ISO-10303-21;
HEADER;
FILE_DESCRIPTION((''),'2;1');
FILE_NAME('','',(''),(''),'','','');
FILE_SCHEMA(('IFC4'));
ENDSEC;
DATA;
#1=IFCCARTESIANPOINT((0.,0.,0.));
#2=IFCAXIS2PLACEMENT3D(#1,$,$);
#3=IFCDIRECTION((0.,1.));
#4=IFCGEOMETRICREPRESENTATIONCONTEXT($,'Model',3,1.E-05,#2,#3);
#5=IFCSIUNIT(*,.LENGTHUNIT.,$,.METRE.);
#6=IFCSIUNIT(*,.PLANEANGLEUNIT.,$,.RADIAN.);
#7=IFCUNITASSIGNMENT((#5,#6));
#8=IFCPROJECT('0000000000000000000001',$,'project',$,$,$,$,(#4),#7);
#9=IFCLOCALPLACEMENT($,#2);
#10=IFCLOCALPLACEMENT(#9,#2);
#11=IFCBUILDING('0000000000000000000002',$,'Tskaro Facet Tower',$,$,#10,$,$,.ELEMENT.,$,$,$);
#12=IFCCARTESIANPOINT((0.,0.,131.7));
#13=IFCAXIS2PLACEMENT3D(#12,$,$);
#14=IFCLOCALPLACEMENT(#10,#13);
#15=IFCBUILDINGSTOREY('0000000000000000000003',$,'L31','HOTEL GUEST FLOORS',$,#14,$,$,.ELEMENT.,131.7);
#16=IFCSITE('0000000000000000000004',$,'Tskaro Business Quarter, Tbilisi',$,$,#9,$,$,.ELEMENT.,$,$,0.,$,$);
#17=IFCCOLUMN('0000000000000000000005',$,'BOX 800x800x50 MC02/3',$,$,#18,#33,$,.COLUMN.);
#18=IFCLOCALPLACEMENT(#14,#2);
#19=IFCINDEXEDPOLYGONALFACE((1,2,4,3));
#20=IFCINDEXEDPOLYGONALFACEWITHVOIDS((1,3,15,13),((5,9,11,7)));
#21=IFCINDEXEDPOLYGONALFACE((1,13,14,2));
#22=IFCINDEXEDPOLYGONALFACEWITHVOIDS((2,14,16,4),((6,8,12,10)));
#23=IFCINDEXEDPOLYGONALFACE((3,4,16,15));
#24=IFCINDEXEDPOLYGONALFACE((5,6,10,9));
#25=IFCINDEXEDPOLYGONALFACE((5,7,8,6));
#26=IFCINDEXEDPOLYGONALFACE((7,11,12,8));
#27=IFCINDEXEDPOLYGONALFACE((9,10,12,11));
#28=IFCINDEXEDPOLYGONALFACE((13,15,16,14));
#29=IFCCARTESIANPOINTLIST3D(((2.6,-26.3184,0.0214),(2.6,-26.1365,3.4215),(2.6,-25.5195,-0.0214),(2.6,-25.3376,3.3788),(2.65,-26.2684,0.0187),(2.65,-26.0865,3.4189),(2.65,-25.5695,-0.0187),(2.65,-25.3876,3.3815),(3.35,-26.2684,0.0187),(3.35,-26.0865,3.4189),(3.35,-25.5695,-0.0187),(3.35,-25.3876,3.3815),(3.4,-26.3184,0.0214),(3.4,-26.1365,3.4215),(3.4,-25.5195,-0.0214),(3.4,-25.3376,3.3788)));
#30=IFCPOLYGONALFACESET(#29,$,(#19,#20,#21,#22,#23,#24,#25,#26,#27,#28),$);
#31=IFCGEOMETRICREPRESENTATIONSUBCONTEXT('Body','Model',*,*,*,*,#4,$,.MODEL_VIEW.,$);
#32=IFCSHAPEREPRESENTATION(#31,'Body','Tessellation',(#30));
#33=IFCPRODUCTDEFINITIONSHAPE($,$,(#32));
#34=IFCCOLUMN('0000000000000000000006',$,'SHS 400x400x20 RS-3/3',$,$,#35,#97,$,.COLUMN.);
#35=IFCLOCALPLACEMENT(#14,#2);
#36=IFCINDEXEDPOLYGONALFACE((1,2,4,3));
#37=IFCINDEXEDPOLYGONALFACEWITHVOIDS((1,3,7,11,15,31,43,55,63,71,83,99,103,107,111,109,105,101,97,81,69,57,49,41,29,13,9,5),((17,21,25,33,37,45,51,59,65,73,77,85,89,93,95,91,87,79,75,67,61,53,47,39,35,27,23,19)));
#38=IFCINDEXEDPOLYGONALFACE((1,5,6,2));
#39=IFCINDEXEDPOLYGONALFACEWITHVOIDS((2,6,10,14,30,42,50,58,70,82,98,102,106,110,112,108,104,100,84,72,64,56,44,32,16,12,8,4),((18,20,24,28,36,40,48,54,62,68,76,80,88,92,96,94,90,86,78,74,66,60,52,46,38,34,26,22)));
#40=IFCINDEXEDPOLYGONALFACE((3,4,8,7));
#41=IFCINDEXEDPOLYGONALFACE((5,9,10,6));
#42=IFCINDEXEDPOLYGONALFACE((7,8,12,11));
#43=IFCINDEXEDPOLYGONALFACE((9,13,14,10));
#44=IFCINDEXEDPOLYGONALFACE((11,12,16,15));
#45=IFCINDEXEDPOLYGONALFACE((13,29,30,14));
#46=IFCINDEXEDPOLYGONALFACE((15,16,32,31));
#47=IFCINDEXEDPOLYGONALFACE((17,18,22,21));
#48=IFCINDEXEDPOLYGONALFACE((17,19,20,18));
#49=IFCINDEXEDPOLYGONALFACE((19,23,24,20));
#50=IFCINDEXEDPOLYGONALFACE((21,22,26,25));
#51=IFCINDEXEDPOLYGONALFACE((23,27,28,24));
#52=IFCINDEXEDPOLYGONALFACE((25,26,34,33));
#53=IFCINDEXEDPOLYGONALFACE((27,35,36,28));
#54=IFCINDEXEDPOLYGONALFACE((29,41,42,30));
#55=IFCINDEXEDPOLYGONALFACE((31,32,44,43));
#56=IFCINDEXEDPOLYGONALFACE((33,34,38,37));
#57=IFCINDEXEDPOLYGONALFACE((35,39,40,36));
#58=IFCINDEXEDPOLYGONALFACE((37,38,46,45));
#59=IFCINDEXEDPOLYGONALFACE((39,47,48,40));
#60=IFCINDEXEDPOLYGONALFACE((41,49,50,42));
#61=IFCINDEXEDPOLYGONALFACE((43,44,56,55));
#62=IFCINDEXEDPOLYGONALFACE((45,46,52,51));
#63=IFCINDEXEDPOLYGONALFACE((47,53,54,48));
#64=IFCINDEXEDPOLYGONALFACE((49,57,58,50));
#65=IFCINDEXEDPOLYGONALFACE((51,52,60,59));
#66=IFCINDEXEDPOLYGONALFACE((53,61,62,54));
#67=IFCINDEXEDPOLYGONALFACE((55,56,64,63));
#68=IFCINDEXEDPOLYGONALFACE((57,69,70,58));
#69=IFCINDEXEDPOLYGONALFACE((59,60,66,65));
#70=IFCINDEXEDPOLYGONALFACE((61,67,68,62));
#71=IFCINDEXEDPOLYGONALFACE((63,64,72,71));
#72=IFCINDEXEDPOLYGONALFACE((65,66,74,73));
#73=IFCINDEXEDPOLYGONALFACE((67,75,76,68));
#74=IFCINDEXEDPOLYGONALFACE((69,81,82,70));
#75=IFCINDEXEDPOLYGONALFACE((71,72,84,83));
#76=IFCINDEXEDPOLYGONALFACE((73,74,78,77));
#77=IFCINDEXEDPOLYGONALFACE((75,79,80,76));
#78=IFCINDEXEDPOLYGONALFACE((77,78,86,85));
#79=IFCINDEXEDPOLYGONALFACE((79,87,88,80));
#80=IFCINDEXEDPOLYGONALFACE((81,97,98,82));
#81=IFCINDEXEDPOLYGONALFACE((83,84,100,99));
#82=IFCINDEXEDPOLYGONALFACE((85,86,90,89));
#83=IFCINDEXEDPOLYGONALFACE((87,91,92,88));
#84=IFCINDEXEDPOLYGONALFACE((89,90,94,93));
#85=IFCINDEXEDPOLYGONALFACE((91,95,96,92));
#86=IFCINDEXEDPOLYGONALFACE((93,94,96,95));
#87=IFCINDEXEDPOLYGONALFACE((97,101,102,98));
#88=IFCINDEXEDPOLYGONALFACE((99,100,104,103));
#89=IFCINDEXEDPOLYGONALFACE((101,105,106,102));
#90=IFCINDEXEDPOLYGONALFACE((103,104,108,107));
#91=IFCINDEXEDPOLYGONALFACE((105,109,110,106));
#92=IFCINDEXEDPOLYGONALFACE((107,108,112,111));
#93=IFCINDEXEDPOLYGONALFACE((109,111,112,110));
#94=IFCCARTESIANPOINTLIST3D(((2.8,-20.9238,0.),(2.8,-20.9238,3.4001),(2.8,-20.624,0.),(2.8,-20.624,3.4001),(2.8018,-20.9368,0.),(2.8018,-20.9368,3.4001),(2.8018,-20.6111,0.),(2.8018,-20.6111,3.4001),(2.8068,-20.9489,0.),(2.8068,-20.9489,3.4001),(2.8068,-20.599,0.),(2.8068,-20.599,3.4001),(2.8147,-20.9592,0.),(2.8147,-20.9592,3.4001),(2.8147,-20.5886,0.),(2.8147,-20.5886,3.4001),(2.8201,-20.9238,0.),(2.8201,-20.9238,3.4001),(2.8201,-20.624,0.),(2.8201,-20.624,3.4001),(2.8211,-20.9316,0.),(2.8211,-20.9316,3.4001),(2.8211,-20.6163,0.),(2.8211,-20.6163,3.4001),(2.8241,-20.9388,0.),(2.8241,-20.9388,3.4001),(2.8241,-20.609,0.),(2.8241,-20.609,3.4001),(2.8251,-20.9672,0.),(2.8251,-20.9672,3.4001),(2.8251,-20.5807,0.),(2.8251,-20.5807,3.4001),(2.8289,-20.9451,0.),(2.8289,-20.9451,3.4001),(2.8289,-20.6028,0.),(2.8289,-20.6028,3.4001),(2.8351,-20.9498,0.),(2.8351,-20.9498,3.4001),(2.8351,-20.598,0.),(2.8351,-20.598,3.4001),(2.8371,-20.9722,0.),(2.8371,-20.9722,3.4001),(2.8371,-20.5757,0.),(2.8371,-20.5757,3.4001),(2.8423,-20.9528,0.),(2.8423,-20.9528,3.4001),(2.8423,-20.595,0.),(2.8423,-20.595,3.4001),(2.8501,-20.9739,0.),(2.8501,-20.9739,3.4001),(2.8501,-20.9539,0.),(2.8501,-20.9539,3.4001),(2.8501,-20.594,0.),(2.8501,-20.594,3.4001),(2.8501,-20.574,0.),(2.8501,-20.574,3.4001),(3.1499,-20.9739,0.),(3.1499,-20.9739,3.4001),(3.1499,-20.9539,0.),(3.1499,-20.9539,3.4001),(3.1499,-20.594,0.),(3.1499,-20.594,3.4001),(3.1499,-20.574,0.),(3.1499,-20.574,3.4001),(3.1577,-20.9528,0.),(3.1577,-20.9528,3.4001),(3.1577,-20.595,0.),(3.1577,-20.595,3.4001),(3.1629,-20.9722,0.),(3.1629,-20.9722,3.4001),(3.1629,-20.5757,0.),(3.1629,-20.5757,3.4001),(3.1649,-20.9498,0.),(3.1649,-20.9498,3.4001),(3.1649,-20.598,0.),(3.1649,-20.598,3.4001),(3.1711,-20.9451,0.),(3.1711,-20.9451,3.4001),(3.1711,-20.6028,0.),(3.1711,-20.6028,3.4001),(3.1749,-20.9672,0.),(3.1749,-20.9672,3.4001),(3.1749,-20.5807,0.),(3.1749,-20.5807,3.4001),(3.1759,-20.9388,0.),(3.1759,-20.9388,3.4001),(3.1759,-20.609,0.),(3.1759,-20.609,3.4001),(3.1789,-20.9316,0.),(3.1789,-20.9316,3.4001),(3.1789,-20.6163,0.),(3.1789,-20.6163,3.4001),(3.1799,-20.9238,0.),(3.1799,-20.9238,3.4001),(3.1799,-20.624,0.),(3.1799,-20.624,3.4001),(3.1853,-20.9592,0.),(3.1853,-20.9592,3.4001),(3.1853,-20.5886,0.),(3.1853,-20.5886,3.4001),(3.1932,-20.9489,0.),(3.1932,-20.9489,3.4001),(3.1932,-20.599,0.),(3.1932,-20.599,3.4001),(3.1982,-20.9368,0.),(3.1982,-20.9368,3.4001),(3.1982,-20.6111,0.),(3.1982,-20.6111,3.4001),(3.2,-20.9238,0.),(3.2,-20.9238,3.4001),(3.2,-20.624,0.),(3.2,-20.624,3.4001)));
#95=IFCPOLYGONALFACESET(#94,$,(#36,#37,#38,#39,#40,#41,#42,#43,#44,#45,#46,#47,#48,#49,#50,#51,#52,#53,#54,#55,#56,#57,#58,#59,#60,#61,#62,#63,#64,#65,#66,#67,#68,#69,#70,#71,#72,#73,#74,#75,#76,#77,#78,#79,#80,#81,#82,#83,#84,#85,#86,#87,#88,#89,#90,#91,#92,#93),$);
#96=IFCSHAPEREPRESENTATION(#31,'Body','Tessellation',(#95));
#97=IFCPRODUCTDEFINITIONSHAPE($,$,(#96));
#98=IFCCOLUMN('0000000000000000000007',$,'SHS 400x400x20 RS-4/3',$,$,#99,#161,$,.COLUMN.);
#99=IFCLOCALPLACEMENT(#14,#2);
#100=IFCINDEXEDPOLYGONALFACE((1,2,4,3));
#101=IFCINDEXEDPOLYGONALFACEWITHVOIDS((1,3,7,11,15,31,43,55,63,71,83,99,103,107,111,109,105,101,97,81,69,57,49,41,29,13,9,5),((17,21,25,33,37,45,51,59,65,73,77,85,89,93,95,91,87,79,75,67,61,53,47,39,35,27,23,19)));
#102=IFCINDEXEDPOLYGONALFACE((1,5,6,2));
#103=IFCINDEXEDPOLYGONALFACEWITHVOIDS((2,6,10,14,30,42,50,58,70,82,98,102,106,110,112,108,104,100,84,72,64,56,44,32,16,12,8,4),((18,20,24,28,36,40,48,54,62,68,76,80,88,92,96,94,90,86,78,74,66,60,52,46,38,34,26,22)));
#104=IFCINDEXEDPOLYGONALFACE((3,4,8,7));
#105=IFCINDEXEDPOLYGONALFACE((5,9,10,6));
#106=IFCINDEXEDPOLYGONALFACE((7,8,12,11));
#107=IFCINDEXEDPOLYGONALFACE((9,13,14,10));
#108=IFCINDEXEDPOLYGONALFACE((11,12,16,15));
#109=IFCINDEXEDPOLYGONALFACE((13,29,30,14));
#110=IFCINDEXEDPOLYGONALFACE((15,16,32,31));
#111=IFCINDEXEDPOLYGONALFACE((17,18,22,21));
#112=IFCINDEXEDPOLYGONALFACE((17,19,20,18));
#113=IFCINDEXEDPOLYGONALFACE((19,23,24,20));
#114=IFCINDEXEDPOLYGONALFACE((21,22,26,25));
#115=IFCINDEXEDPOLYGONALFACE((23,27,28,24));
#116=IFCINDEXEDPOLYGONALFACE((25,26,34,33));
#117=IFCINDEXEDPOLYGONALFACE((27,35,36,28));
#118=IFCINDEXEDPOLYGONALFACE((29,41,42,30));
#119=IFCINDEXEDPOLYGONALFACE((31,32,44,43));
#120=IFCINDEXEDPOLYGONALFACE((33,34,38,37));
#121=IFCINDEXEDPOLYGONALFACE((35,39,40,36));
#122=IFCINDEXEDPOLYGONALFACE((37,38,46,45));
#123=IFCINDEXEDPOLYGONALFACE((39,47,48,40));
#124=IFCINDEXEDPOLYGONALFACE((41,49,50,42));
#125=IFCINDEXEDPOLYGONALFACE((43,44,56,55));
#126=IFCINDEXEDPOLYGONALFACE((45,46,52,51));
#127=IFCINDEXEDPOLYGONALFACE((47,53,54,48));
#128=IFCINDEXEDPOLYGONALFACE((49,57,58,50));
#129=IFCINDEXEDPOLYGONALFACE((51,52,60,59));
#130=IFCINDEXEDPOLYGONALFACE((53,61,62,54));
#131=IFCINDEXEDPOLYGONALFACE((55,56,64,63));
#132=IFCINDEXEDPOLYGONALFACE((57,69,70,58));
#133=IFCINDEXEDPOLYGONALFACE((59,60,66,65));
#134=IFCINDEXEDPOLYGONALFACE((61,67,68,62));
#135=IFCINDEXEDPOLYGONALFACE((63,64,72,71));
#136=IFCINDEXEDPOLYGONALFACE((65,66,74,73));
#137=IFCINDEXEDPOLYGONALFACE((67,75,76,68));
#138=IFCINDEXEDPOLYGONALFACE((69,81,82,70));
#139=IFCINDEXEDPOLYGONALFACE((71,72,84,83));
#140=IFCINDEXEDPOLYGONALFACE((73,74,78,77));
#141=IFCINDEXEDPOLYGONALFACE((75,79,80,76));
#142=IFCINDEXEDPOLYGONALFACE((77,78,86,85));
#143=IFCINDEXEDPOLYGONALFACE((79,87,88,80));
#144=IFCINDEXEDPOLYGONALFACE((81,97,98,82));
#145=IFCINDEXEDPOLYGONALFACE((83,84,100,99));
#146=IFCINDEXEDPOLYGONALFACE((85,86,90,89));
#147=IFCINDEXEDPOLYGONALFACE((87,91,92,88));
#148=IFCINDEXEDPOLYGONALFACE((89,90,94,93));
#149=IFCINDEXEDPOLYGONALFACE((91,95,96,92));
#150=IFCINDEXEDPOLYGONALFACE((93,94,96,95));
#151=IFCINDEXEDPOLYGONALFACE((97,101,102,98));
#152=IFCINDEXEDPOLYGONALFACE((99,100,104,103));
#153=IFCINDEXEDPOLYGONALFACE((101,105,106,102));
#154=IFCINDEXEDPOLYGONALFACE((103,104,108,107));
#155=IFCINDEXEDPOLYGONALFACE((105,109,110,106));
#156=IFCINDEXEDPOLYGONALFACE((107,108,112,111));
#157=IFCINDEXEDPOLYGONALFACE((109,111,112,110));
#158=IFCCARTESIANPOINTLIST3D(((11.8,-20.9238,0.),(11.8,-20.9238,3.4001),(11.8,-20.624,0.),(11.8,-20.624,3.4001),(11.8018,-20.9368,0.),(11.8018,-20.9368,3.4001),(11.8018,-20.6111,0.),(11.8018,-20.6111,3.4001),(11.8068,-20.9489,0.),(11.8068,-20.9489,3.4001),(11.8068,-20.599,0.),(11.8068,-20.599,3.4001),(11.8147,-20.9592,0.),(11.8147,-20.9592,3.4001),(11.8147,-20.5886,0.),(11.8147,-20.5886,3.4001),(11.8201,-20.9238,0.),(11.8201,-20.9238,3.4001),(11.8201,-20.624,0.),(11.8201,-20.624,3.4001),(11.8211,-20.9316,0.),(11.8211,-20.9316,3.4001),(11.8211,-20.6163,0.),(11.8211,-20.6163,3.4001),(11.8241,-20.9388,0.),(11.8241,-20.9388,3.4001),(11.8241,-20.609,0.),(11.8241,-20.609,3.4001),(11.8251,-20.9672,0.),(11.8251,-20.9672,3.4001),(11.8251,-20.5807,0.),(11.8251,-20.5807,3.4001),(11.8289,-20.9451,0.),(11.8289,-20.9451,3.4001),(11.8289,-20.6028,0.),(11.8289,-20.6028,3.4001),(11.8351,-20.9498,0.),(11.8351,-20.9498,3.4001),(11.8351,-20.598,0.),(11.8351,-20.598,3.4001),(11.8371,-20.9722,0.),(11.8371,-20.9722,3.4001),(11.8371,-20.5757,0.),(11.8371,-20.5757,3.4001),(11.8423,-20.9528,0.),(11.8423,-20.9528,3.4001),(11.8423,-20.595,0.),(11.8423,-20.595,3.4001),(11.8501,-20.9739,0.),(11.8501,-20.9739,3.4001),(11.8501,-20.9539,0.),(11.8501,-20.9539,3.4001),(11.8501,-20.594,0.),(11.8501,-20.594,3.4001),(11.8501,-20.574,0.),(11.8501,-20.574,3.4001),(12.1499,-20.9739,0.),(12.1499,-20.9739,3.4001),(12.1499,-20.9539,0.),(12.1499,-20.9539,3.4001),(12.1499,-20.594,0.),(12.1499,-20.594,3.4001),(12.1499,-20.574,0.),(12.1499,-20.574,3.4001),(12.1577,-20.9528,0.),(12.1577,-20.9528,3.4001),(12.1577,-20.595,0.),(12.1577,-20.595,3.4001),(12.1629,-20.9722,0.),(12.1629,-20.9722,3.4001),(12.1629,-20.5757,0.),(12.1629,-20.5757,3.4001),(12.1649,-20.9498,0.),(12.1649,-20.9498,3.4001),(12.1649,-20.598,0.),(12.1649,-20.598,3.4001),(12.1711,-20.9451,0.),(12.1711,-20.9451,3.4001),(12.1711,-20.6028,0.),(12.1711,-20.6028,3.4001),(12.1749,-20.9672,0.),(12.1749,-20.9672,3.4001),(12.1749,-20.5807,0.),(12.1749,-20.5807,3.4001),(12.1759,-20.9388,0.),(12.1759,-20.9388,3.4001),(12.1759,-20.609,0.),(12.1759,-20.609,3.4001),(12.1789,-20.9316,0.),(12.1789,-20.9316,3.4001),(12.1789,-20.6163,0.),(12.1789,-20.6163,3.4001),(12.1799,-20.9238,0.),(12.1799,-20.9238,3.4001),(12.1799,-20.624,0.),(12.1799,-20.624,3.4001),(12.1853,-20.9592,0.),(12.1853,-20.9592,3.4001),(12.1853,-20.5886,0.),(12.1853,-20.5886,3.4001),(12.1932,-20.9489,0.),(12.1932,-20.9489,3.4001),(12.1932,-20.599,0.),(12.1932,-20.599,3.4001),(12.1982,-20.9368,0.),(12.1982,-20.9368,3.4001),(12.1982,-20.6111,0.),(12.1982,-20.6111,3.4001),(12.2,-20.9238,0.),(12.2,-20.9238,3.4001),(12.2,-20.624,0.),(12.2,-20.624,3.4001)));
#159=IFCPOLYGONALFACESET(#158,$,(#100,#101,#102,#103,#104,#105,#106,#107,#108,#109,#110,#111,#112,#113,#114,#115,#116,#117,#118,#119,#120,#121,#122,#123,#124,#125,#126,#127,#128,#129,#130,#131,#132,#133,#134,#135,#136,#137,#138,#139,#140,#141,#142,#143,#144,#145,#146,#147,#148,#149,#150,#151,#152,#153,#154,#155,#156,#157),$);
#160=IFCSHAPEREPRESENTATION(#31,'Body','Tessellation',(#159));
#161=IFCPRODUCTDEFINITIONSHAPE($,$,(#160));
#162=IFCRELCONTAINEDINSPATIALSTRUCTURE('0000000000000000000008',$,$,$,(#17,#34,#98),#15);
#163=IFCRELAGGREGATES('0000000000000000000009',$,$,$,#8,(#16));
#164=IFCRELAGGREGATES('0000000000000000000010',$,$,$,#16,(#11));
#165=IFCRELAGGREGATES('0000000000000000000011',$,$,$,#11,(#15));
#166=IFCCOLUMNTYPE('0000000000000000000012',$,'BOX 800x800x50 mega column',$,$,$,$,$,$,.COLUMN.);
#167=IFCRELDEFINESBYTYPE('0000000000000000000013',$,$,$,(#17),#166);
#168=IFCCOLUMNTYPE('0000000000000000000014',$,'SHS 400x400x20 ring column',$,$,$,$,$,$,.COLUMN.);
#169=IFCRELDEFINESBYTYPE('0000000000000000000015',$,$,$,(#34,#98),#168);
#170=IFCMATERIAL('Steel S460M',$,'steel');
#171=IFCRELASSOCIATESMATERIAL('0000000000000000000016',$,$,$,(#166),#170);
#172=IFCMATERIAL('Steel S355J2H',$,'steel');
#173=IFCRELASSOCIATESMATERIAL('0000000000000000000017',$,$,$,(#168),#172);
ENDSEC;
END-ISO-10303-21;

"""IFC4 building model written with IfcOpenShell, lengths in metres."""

from ifc_helpers import new_model, si_unit, direction, frame, origin, origin_2d, place, context, subcontext, project, spatial, hollow_rectangle, extrude, material, material_profile, profile_set, type_object, element, save


model = new_model("IFC4")

# Units and contexts
model_context = context("Model", 3, precision=1e-05, world=origin(), true_north=direction((0.0, 1.0)))
body_context = subcontext(model_context, "Body", "Model", "MODEL_VIEW")
ifc_project = project(units=[si_unit("LENGTHUNIT", "METRE"), si_unit("PLANEANGLEUNIT", "RADIAN")], contexts=[model_context])

# Site, building, storey
site_placement = place(None, origin())
site = spatial("IfcSite", under=ifc_project, at=site_placement, Name="Tskaro Business Quarter, Tbilisi", CompositionType="ELEMENT", RefElevation=0.0)
building_placement = place(site_placement, origin())
building = spatial("IfcBuilding", under=site, at=building_placement, Name="Tskaro Facet Tower", CompositionType="ELEMENT")
storey_placement = place(building_placement, frame((0.0, 0.0, 131.7)))
storey = spatial("IfcBuildingStorey", under=building, at=storey_placement, Name="L31", Description="HOTEL GUEST FLOORS", CompositionType="ELEMENT", Elevation=131.7)

# Columns
ifc_material_1 = material(Name="Steel S460M", Category="steel")
ifc_material_profile_1 = material_profile(ifc_material_1, hollow_rectangle(XDim=0.8, YDim=0.8, WallThickness=0.05, at=origin_2d()), Name="BOX 800x800x50")
ifc_profile_set_1 = profile_set([ifc_material_profile_1], Name="Steel S460M")
column_type_1 = type_object("IfcColumnType", Name="BOX 800x800x50 mega column", PredefinedType="COLUMN", material=ifc_profile_set_1)
column_placement = place(storey_placement, frame((3.0, -25.9189, 0.0), z_axis=(0.0, 0.053417, 0.998572), x_axis=(-1.0, 0.0, 0.0)))
element("IfcColumn", 1, at=column_placement, inside=storey, type_object=column_type_1, Name="BOX 800x800x50 MC02/3", PredefinedType="COLUMN", context=body_context, shape_type="SweptSolid", body=[
    extrude(hollow_rectangle(XDim=0.8, YDim=0.8, WallThickness=0.05, at=origin_2d()), origin(), (0.0, 0.0, 1.0), 3.405),
])
ifc_material_2 = material(Name="Steel S355J2H", Category="steel")
ifc_material_profile_2 = material_profile(ifc_material_2, hollow_rectangle(XDim=0.3999, YDim=0.3999, WallThickness=0.02, InnerFilletRadius=0.03, OuterFilletRadius=0.05, at=origin_2d()), Name="SHS 400x400x20")
ifc_profile_set_2 = profile_set([ifc_material_profile_2], Name="Steel S355J2H")
column_type_2 = type_object("IfcColumnType", Name="SHS 400x400x20 ring column", PredefinedType="COLUMN", material=ifc_profile_set_2)
for number, where, z_axis, x_axis, name in (
    (2, (3.0, -20.7739, 0.0), (0.0, 0.0, 1.0), (1.0, 0.0, 0.0), "SHS 400x400x20 RS-3/3"),
    (3, (12.0, -20.7739, 0.0), (0.0, 0.0, 1.0), (1.0, 0.0, 0.0), "SHS 400x400x20 RS-4/3"),
):
    element("IfcColumn", number, at=place(storey_placement, frame(where, z_axis=z_axis, x_axis=x_axis)), inside=storey, type_object=column_type_2, Name=name, PredefinedType="COLUMN", context=body_context, shape_type="SweptSolid", body=[
        extrude(hollow_rectangle(XDim=0.3999, YDim=0.3999, WallThickness=0.02, InnerFilletRadius=0.03, OuterFilletRadius=0.05, at=origin_2d()), origin(), (0.0, 0.0, 1.0), 3.4001),
    ])

save(model, "model.ifc")
